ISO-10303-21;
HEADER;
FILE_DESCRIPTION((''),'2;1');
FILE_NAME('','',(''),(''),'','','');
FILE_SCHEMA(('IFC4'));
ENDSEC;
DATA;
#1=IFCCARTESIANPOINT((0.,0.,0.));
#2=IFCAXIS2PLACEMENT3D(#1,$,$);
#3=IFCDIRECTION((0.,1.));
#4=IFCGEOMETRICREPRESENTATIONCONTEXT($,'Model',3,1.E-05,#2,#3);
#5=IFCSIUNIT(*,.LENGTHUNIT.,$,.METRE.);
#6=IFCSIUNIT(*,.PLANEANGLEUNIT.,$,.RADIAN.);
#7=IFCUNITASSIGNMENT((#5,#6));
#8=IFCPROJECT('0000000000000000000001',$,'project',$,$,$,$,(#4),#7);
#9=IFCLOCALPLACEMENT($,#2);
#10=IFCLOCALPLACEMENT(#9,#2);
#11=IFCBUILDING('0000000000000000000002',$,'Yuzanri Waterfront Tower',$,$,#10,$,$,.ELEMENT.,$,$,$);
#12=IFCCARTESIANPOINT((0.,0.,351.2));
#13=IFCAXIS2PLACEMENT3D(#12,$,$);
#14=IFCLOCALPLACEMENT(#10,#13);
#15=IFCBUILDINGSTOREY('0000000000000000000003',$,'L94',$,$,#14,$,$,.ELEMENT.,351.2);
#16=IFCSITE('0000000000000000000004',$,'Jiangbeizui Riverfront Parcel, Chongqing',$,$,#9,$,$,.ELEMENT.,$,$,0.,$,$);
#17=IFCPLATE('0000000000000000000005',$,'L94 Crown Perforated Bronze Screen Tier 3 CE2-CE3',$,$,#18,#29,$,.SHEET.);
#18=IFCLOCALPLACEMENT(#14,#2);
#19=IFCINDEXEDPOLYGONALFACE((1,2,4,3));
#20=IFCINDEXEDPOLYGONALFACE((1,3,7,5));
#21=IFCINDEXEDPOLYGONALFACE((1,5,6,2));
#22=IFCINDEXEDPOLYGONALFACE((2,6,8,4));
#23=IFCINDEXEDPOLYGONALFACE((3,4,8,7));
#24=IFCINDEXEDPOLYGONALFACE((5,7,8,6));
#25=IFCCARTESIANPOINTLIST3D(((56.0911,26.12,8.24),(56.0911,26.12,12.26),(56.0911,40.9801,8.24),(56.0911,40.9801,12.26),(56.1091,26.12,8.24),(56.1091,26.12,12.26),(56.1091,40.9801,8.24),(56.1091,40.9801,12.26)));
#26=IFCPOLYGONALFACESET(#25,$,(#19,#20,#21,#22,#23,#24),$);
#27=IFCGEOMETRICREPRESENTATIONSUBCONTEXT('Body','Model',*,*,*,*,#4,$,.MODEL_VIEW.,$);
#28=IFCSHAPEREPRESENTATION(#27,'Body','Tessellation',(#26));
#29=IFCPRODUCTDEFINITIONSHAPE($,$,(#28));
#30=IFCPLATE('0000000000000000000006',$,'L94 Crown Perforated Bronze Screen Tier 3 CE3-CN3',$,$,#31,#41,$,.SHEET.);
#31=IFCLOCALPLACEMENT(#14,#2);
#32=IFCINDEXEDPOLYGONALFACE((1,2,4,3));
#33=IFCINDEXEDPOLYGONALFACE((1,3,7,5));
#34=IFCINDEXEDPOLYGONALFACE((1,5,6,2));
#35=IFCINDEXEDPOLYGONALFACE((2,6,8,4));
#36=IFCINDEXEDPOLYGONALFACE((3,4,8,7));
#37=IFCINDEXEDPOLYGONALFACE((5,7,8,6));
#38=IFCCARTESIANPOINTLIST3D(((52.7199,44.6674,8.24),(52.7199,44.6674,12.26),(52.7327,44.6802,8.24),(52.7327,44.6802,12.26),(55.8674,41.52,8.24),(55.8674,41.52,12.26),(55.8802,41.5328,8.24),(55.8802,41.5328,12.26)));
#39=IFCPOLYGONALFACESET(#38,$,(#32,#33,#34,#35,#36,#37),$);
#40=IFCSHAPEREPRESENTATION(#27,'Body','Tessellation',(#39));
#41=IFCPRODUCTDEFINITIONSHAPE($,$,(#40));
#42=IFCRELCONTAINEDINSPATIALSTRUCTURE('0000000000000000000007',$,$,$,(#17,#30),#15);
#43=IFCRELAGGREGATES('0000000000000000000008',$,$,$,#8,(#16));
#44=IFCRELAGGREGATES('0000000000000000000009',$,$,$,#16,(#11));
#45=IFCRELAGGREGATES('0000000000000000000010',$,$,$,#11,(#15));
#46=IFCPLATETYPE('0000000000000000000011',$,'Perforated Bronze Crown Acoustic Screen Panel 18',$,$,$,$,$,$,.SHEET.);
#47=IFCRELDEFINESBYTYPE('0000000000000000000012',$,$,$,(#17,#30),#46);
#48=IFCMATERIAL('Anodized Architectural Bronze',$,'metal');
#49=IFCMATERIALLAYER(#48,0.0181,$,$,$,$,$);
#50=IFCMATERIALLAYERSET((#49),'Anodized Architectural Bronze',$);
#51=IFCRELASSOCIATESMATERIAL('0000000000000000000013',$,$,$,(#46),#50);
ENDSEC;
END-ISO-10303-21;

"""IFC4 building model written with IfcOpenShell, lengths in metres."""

from ifc_helpers import new_model, si_unit, direction, frame, origin, origin_2d, place, context, subcontext, project, spatial, rectangle, extrude, source, transform, mapped, material, layer, layer_set, type_object, element, save


model = new_model("IFC4")

# Units and contexts
model_context = context("Model", 3, precision=1e-05, world=origin(), true_north=direction((0.0, 1.0)))
body_context = subcontext(model_context, "Body", "Model", "MODEL_VIEW")
ifc_project = project(units=[si_unit("LENGTHUNIT", "METRE"), si_unit("PLANEANGLEUNIT", "RADIAN")], contexts=[model_context])

# Site, building, storey
site_placement = place(None, origin())
site = spatial("IfcSite", under=ifc_project, at=site_placement, Name="Jiangbeizui Riverfront Parcel, Chongqing", CompositionType="ELEMENT", RefElevation=0.0)
building_placement = place(site_placement, origin())
building = spatial("IfcBuilding", under=site, at=building_placement, Name="Yuzanri Waterfront Tower", CompositionType="ELEMENT")
storey_placement = place(building_placement, frame((0.0, 0.0, 351.2)))
storey = spatial("IfcBuildingStorey", under=building, at=storey_placement, Name="L94", CompositionType="ELEMENT", Elevation=351.2)

# Plates
ifc_material_1 = material(Name="Anodized Architectural Bronze", Category="metal")
ifc_layer_1 = layer(ifc_material_1, 0.0181)
ifc_layer_set_1 = layer_set([ifc_layer_1], Name="Anodized Architectural Bronze")
plate_type_1 = type_object("IfcPlateType", Name="Perforated Bronze Crown Acoustic Screen Panel 18", PredefinedType="SHEET", material=ifc_layer_set_1)
shared_shape_1 = source(origin(), body_context, "Body", "SweptSolid", [
    extrude(rectangle(XDim=14.8601, YDim=0.0181, at=origin_2d()), origin(), (0.0, 0.0, 1.0), 4.02),
])
plate_1_placement = place(storey_placement, frame((56.1001, 33.55, 8.24), z_axis=(0.0, 0.0, 1.0), x_axis=(0.0, 1.0, 0.0)))
element("IfcPlate", 1, at=plate_1_placement, inside=storey, type_object=plate_type_1, Name="L94 Crown Perforated Bronze Screen Tier 3 CE2-CE3", PredefinedType="SHEET", context=body_context, shape_type="MappedRepresentation", body=[
    mapped(shared_shape_1, transform((0.0, 0.0, 0.0), scale=1.0)),
])
shared_shape_2 = source(origin(), body_context, "Body", "SweptSolid", [
    extrude(rectangle(XDim=4.4512, YDim=0.0181, at=origin_2d()), origin(), (0.0, 0.0, 1.0), 4.02),
])
plate_2_placement = place(storey_placement, frame((54.3, 43.1001, 8.24), z_axis=(0.0, 0.0, 1.0), x_axis=(-0.707107, 0.707107, 0.0)))
element("IfcPlate", 2, at=plate_2_placement, inside=storey, type_object=plate_type_1, Name="L94 Crown Perforated Bronze Screen Tier 3 CE3-CN3", PredefinedType="SHEET", context=body_context, shape_type="MappedRepresentation", body=[
    mapped(shared_shape_2, transform((0.0, 0.0, 0.0), scale=1.0)),
])

save(model, "model.ifc")
